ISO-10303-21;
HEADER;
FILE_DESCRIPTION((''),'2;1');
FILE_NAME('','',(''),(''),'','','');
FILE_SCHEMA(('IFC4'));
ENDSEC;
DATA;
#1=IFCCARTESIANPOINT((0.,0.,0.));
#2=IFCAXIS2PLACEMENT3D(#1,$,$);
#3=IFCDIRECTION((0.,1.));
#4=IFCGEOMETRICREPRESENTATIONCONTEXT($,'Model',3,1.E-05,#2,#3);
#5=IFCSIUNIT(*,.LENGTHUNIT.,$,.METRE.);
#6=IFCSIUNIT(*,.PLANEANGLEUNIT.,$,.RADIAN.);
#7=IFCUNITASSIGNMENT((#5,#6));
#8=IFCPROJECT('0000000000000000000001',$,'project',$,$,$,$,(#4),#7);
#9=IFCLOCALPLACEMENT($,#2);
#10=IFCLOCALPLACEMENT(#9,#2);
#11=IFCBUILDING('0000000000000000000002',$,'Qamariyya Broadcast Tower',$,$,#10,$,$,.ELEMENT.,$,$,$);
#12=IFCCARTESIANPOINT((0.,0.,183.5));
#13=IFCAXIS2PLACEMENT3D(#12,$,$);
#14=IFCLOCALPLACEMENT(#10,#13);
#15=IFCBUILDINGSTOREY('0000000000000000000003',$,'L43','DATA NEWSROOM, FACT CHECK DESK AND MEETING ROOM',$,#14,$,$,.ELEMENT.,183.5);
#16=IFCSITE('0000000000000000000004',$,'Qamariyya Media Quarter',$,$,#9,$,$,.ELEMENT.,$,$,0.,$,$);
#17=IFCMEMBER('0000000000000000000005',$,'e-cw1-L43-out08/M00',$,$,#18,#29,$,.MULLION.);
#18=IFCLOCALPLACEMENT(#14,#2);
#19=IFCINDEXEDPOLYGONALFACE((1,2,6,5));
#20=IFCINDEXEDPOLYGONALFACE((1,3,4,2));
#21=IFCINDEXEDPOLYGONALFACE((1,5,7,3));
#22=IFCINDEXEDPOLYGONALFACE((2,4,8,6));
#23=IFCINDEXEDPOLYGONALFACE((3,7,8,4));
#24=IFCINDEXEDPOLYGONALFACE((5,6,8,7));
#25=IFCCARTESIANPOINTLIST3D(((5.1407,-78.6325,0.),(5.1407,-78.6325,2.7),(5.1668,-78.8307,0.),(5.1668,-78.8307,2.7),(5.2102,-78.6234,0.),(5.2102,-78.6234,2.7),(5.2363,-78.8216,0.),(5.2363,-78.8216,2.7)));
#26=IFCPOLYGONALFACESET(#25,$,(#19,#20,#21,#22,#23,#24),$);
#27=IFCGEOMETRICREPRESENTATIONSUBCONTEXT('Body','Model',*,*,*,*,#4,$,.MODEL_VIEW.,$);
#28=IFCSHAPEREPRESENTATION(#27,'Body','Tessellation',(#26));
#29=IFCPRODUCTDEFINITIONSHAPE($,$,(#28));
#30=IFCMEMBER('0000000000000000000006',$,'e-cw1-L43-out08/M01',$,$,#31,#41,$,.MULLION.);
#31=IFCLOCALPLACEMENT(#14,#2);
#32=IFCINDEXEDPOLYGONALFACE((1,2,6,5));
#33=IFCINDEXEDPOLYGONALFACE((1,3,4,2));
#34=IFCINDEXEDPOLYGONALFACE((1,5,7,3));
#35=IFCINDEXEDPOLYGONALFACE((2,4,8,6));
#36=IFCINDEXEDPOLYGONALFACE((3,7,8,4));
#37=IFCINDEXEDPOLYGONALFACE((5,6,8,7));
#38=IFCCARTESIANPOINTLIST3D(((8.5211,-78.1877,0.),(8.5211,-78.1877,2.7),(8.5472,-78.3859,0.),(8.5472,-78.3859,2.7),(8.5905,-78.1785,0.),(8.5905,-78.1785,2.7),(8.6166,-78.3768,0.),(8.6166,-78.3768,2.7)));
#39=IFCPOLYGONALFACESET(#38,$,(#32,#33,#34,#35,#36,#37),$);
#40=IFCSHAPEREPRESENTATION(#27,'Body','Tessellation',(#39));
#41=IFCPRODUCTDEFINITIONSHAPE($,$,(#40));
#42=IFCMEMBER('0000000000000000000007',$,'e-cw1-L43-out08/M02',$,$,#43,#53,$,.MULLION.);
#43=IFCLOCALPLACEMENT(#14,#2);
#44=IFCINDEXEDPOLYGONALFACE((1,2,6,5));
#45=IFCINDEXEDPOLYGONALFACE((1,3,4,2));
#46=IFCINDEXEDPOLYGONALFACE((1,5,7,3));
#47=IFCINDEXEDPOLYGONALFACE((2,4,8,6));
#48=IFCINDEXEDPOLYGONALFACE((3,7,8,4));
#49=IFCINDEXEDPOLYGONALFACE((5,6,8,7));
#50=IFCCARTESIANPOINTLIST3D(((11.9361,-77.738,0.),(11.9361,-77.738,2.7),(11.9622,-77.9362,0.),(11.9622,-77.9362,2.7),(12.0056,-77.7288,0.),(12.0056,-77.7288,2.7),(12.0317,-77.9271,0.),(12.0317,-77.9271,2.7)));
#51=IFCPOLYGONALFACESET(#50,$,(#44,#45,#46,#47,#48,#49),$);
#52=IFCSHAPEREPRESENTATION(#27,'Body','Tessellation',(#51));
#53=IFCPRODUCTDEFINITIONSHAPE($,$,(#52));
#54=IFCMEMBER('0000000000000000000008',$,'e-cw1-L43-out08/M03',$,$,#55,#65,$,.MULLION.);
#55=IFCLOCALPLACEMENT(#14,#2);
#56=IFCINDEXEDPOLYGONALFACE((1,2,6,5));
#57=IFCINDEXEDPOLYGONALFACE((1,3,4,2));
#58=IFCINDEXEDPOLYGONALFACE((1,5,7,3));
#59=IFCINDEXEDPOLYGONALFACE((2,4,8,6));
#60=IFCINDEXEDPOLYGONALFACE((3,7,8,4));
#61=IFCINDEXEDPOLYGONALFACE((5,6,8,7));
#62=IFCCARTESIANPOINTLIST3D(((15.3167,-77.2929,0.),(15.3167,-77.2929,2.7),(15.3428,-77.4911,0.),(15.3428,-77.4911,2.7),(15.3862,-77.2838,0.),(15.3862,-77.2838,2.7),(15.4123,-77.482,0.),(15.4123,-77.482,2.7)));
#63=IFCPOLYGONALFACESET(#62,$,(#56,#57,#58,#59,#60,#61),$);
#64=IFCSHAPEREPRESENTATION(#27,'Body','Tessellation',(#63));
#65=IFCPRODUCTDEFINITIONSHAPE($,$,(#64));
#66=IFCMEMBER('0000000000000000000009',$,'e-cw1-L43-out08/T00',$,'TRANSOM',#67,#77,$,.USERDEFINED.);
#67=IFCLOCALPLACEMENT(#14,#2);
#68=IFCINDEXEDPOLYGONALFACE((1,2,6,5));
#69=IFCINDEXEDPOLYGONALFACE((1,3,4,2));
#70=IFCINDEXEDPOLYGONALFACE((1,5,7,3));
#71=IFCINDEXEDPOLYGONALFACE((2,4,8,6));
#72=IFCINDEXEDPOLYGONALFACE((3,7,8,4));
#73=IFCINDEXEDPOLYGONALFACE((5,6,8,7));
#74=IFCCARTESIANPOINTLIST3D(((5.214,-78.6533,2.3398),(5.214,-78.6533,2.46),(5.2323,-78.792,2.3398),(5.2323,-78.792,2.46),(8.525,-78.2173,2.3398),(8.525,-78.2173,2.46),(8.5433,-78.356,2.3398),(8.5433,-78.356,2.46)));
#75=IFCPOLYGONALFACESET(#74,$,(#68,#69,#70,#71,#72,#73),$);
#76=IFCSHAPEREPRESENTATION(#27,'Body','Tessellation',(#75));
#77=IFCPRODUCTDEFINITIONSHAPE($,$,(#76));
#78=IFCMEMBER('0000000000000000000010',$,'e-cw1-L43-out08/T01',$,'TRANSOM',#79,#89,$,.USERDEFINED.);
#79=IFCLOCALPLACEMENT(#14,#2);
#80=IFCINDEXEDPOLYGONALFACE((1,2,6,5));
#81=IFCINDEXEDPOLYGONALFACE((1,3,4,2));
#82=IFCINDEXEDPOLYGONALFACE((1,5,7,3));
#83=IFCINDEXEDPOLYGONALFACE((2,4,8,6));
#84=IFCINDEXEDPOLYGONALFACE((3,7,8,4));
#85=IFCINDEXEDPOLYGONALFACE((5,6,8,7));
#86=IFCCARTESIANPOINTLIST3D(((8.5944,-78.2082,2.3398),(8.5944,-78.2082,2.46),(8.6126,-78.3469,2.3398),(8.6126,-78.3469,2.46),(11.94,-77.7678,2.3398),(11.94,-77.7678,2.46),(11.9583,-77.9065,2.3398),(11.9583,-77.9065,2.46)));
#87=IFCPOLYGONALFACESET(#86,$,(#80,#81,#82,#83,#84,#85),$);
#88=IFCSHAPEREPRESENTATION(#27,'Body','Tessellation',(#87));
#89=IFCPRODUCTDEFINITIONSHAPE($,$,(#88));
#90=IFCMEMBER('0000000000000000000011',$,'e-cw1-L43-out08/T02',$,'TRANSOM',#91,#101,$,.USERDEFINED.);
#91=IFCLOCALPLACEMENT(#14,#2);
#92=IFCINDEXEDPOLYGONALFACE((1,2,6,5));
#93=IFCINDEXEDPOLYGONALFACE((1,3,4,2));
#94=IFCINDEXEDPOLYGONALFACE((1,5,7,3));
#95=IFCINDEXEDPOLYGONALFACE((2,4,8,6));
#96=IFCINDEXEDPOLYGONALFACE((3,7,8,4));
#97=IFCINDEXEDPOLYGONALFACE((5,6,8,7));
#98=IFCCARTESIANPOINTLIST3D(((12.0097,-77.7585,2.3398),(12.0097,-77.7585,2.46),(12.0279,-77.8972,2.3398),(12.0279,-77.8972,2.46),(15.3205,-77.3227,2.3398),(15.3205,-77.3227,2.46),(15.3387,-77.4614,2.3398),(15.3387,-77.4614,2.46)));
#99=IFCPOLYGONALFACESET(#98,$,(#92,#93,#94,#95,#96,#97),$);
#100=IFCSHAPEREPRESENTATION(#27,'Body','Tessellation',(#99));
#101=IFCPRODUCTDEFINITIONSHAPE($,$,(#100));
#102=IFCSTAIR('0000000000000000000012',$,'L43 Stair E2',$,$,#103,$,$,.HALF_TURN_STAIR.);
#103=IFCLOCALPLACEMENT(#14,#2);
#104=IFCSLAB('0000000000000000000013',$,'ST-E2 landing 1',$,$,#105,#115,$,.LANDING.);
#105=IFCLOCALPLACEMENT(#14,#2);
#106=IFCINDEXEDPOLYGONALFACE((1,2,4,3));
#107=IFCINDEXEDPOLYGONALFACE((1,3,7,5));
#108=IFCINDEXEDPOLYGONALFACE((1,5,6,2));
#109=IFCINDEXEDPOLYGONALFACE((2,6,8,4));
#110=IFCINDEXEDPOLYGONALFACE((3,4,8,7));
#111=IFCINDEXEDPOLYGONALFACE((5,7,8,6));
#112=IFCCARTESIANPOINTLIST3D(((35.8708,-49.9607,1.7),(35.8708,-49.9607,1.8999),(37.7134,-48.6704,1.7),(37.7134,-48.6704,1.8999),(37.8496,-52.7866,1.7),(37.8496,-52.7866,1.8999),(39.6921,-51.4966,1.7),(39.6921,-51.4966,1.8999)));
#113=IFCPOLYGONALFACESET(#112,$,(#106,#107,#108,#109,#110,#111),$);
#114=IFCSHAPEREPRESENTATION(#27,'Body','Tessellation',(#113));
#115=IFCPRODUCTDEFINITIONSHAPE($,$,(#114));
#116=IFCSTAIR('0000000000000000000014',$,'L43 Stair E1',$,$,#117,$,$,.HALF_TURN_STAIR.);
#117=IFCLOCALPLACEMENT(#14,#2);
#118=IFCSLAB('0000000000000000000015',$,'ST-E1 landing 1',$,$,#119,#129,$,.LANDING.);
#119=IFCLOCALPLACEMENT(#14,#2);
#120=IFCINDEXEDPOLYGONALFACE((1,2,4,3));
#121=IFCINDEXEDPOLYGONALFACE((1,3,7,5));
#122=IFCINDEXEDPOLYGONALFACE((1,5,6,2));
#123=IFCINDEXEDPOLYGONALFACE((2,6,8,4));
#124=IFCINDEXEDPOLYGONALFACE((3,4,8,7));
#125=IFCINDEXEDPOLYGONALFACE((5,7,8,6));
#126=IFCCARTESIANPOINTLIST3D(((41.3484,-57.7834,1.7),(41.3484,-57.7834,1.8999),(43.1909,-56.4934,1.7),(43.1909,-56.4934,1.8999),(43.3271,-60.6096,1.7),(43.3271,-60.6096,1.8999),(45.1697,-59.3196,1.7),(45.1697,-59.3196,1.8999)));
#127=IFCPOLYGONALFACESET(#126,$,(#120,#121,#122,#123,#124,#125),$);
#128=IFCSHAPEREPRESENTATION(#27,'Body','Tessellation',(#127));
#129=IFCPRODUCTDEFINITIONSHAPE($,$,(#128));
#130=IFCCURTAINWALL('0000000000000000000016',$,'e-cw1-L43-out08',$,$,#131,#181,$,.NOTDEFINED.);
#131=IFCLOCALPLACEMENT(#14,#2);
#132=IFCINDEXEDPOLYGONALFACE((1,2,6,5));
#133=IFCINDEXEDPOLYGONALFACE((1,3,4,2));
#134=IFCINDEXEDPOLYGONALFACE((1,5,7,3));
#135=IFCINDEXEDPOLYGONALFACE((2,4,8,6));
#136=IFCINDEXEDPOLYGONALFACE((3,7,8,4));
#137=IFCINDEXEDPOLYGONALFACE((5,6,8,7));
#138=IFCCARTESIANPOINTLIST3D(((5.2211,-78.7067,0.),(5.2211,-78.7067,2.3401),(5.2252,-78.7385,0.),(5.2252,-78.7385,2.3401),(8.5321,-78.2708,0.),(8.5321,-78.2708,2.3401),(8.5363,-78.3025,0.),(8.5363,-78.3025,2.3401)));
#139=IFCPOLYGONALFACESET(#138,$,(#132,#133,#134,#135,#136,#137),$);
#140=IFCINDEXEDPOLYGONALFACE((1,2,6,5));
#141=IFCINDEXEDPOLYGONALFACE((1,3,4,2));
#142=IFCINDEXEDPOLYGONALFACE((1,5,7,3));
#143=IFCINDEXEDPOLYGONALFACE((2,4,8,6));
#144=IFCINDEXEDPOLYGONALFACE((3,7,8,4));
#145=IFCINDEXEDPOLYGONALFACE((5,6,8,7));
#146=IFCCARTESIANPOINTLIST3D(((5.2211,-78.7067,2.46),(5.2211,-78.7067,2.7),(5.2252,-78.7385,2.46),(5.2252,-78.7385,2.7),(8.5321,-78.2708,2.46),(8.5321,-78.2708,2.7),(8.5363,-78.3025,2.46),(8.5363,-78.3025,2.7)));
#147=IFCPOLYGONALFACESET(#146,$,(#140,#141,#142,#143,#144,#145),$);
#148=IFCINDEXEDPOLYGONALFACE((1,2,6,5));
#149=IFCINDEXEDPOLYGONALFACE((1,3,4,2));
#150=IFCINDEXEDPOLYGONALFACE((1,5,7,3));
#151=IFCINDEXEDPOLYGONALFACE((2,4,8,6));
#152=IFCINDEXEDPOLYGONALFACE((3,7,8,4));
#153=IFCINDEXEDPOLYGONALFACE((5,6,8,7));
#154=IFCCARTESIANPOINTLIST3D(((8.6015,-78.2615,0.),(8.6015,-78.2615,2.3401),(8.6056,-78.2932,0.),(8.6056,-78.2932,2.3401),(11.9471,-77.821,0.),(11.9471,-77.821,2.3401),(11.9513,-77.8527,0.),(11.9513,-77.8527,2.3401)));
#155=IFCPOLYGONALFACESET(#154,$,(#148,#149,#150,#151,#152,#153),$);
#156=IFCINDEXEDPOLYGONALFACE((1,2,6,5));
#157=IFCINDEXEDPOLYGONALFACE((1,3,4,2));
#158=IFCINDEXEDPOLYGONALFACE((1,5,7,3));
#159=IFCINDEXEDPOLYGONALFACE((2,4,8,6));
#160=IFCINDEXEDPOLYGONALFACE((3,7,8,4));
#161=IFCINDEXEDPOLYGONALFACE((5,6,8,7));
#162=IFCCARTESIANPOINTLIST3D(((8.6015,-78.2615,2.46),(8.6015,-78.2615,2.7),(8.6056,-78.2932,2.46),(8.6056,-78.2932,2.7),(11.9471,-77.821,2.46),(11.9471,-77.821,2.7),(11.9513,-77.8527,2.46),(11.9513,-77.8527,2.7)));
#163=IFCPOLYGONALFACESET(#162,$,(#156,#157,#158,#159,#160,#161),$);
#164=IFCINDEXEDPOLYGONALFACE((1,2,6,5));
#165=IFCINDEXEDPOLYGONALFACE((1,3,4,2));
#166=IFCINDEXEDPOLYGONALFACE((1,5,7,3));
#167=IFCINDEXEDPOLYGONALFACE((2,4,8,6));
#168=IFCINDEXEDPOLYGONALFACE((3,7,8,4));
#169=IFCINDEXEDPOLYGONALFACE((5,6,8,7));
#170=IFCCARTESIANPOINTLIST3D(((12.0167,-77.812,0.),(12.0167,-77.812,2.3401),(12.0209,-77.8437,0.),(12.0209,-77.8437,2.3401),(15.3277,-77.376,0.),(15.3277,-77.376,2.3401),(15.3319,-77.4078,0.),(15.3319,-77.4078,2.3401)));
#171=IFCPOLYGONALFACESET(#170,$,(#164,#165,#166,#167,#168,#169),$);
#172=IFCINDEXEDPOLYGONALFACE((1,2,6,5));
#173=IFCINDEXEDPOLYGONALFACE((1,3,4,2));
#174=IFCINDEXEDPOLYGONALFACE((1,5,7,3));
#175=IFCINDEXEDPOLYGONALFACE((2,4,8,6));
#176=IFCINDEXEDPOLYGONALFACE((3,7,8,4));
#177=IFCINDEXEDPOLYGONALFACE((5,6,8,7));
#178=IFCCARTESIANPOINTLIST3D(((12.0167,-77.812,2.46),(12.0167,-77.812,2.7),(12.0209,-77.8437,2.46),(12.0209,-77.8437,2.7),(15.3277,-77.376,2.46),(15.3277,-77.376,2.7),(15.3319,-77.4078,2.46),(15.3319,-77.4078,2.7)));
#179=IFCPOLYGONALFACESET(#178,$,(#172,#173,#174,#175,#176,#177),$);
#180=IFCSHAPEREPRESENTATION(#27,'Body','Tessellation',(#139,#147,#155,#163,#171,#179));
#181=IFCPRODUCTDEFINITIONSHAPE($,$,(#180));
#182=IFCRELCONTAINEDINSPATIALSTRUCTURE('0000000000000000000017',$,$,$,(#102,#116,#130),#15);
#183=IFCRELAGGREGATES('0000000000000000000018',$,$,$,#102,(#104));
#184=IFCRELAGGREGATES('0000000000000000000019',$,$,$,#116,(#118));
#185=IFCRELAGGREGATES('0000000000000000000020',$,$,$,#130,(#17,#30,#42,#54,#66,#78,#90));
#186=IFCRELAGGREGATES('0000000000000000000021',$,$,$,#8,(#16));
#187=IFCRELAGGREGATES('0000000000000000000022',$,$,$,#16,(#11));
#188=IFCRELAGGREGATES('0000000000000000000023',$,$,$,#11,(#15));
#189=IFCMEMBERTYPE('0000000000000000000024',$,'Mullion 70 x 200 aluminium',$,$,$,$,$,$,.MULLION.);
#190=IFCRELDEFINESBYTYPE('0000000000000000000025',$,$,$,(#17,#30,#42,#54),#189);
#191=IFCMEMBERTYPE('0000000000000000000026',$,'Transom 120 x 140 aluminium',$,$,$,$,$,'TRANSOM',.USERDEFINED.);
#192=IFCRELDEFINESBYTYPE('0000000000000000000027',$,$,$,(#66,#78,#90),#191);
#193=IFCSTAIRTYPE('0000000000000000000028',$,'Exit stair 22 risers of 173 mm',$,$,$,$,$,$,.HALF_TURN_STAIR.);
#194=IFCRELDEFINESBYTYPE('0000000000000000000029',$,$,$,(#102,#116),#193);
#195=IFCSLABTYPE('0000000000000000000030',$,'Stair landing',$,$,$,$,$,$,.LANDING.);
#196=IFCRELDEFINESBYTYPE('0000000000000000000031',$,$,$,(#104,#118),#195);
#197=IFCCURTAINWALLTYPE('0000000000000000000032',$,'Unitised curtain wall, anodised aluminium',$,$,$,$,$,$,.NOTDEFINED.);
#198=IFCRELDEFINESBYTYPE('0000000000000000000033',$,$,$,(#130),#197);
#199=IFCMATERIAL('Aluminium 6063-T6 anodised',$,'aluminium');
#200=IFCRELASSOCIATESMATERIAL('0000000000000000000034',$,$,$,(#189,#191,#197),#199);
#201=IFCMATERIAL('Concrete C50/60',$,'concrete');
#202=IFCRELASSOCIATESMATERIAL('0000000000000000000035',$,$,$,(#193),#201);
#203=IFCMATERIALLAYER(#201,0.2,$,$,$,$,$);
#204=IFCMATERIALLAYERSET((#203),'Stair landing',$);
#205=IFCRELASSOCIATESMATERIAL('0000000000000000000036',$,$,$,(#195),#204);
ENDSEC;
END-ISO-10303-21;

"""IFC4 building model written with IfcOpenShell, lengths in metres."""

from ifc_helpers import new_model, si_unit, direction, frame, origin, origin_2d, place, context, subcontext, project, spatial, polyline, rectangle, outline, extrude, material, layer, layer_set, material_profile, profile_set, type_object, element, aggregate, save


model = new_model("IFC4")

# Units and contexts
model_context = context("Model", 3, precision=1e-05, world=origin(), true_north=direction((0.0, 1.0)))
body_context = subcontext(model_context, "Body", "Model", "MODEL_VIEW")
ifc_project = project(units=[si_unit("LENGTHUNIT", "METRE"), si_unit("PLANEANGLEUNIT", "RADIAN")], contexts=[model_context])

# Members
ifc_material_1 = material(Name="Aluminium 6063-T6 anodised", Category="aluminium")
ifc_material_profile_1 = material_profile(ifc_material_1, rectangle(XDim=0.2, YDim=0.0701, at=origin_2d()))
ifc_profile_set_1 = profile_set([ifc_material_profile_1], Name="Aluminium 6063-T6 anodised")
member_type_1 = type_object("IfcMemberType", Name="Mullion 70 x 200 aluminium", PredefinedType="MULLION", material=ifc_profile_set_1)
site_placement = place(None, origin())
building_placement = place(site_placement, origin())
storey_placement = place(building_placement, frame((0.0, 0.0, 183.5)))
member_1_placement = place(storey_placement, frame((5.1885, -78.7271, 0.0), z_axis=(0.0, 0.0, 1.0), x_axis=(-0.130526, 0.991445, 0.0)))
member_1 = element("IfcMember", 1, at=member_1_placement, type_object=member_type_1, Name="e-cw1-L43-out08/M00", PredefinedType="MULLION", context=body_context, shape_type="SweptSolid", body=[
    extrude(rectangle(XDim=0.2, YDim=0.0701, at=origin_2d()), origin(), (0.0, 0.0, 1.0), 2.7),
])
member_2_placement = place(storey_placement, frame((8.5688, -78.2822, 0.0), z_axis=(0.0, 0.0, 1.0), x_axis=(-0.130526, 0.991445, 0.0)))
member_2 = element("IfcMember", 2, at=member_2_placement, type_object=member_type_1, Name="e-cw1-L43-out08/M01", PredefinedType="MULLION", context=body_context, shape_type="SweptSolid", body=[
    extrude(rectangle(XDim=0.2, YDim=0.0701, at=origin_2d()), origin(), (0.0, 0.0, 1.0), 2.7),
])
member_3_placement = place(storey_placement, frame((11.9839, -77.8325, 0.0), z_axis=(0.0, 0.0, 1.0), x_axis=(-0.130526, 0.991445, 0.0)))
member_3 = element("IfcMember", 3, at=member_3_placement, type_object=member_type_1, Name="e-cw1-L43-out08/M02", PredefinedType="MULLION", context=body_context, shape_type="SweptSolid", body=[
    extrude(rectangle(XDim=0.2, YDim=0.0701, at=origin_2d()), origin(), (0.0, 0.0, 1.0), 2.7),
])
member_4_placement = place(storey_placement, frame((15.3645, -77.3875, 0.0), z_axis=(0.0, 0.0, 1.0), x_axis=(-0.130526, 0.991445, 0.0)))
member_4 = element("IfcMember", 4, at=member_4_placement, type_object=member_type_1, Name="e-cw1-L43-out08/M03", PredefinedType="MULLION", context=body_context, shape_type="SweptSolid", body=[
    extrude(rectangle(XDim=0.2, YDim=0.0701, at=origin_2d()), origin(), (0.0, 0.0, 1.0), 2.7),
])
ifc_material_profile_2 = material_profile(ifc_material_1, rectangle(XDim=0.1399, YDim=0.1201, at=origin_2d()))
ifc_profile_set_2 = profile_set([ifc_material_profile_2], Name="Aluminium 6063-T6 anodised")
member_type_2 = type_object("IfcMemberType", Name="Transom 120 x 140 aluminium", ElementType="TRANSOM", PredefinedType="USERDEFINED", material=ifc_profile_set_2)
member_5_placement = place(storey_placement, frame((5.2231, -78.7227, 2.3999), z_axis=(0.99144, 0.130564, 0.0), x_axis=(-0.130564, 0.99144, 0.0)))
member_5 = element("IfcMember", 5, at=member_5_placement, type_object=member_type_2, Name="e-cw1-L43-out08/T00", ObjectType="TRANSOM", PredefinedType="USERDEFINED", context=body_context, shape_type="SweptSolid", body=[
    extrude(rectangle(XDim=0.1399, YDim=0.1201, at=origin_2d()), origin(), (0.0, 0.0, 1.0), 3.3396),
])
member_6_placement = place(storey_placement, frame((8.6035, -78.2776, 2.3999), z_axis=(0.991446, 0.130514, 0.0), x_axis=(-0.130514, 0.991446, 0.0)))
member_6 = element("IfcMember", 6, at=member_6_placement, type_object=member_type_2, Name="e-cw1-L43-out08/T01", ObjectType="TRANSOM", PredefinedType="USERDEFINED", context=body_context, shape_type="SweptSolid", body=[
    extrude(rectangle(XDim=0.1399, YDim=0.1201, at=origin_2d()), origin(), (0.0, 0.0, 1.0), 3.3745),
])
member_7_placement = place(storey_placement, frame((12.0188, -77.8279, 2.3999), z_axis=(0.991448, 0.130502, 0.0), x_axis=(-0.130502, 0.991448, 0.0)))
member_7 = element("IfcMember", 7, at=member_7_placement, type_object=member_type_2, Name="e-cw1-L43-out08/T02", ObjectType="TRANSOM", PredefinedType="USERDEFINED", context=body_context, shape_type="SweptSolid", body=[
    extrude(rectangle(XDim=0.1399, YDim=0.1201, at=origin_2d()), origin(), (0.0, 0.0, 1.0), 3.3394),
])

# Site, building, storey
site = spatial("IfcSite", under=ifc_project, at=site_placement, Name="Qamariyya Media Quarter", CompositionType="ELEMENT", RefElevation=0.0)
building = spatial("IfcBuilding", under=site, at=building_placement, Name="Qamariyya Broadcast Tower", CompositionType="ELEMENT")
storey = spatial("IfcBuildingStorey", under=building, at=storey_placement, Name="L43", Description="DATA NEWSROOM, FACT CHECK DESK AND MEETING ROOM", CompositionType="ELEMENT", Elevation=183.5)

# Stairs, slabs
ifc_material_2 = material(Name="Concrete C50/60", Category="concrete")
stair_type = type_object("IfcStairType", Name="Exit stair 22 risers of 173 mm", PredefinedType="HALF_TURN_STAIR", material=ifc_material_2)
stair_1_placement = place(storey_placement, origin())
stair_1 = element("IfcStair", 8, at=stair_1_placement, inside=storey, type_object=stair_type, Name="L43 Stair E2", PredefinedType="HALF_TURN_STAIR")
ifc_layer = layer(ifc_material_2, 0.2)
ifc_layer_set = layer_set([ifc_layer], Name="Stair landing")
slab_type = type_object("IfcSlabType", Name="Stair landing", PredefinedType="LANDING", material=ifc_layer_set)
slab_1_placement = place(storey_placement, frame((0.0, 0.0, 1.7)))
slab_1 = element("IfcSlab", 9, at=slab_1_placement, type_object=slab_type, Name="ST-E2 landing 1", PredefinedType="LANDING", context=body_context, shape_type="SweptSolid", body=[
    extrude(outline(polyline([(37.7134, -48.6704), (35.8708, -49.9607), (37.8496, -52.7866), (39.6921, -51.4966), (37.7134, -48.6704)])), origin(), (0.0, 0.0, 1.0), 0.2),
])
aggregate(stair_1, [slab_1])
stair_2_placement = place(storey_placement, origin())
stair_2 = element("IfcStair", 10, at=stair_2_placement, inside=storey, type_object=stair_type, Name="L43 Stair E1", PredefinedType="HALF_TURN_STAIR")
slab_2_placement = place(storey_placement, frame((0.0, 0.0, 1.7)))
slab_2 = element("IfcSlab", 11, at=slab_2_placement, type_object=slab_type, Name="ST-E1 landing 1", PredefinedType="LANDING", context=body_context, shape_type="SweptSolid", body=[
    extrude(outline(polyline([(43.1909, -56.4934), (41.3484, -57.7834), (43.3271, -60.6096), (45.1697, -59.3196), (43.1909, -56.4934)])), origin(), (0.0, 0.0, 1.0), 0.2),
])
aggregate(stair_2, [slab_2])

# Curtain wall
curtain_wall_type = type_object("IfcCurtainWallType", Name="Unitised curtain wall, anodised aluminium", PredefinedType="NOTDEFINED", material=ifc_material_1)
curtain_wall_1_placement = place(storey_placement, origin())
curtain_wall_1 = element("IfcCurtainWall", 12, at=curtain_wall_1_placement, inside=storey, type_object=curtain_wall_type, Name="e-cw1-L43-out08", PredefinedType="NOTDEFINED", context=body_context, shape_type="SweptSolid", body=[
    extrude(rectangle(XDim=3.3396, YDim=0.032, at=origin_2d()), frame((6.8787, -78.5046, 0.0), x_axis=(0.991444, 0.130531, 0.0)), (0.0, 0.0, 1.0), 2.3401),
    extrude(rectangle(XDim=3.3396, YDim=0.032, at=origin_2d()), frame((6.8787, -78.5046, 2.46), x_axis=(0.991444, 0.130531, 0.0)), (0.0, 0.0, 1.0), 0.24),
    extrude(rectangle(XDim=3.3745, YDim=0.032, at=origin_2d()), frame((10.2764, -78.0571, 0.0), x_axis=(0.991444, 0.130531, 0.0)), (0.0, 0.0, 1.0), 2.3401),
    extrude(rectangle(XDim=3.3745, YDim=0.032, at=origin_2d()), frame((10.2764, -78.0571, 2.46), x_axis=(0.991444, 0.130531, 0.0)), (0.0, 0.0, 1.0), 0.24),
    extrude(rectangle(XDim=3.3396, YDim=0.032, at=origin_2d()), frame((13.6743, -77.6099, 0.0), x_axis=(0.991444, 0.130531, 0.0)), (0.0, 0.0, 1.0), 2.3401),
    extrude(rectangle(XDim=3.3396, YDim=0.032, at=origin_2d()), frame((13.6743, -77.6099, 2.46), x_axis=(0.991444, 0.130531, 0.0)), (0.0, 0.0, 1.0), 0.24),
])
aggregate(curtain_wall_1, [member_1, member_2, member_3, member_4, member_5, member_6, member_7])

save(model, "model.ifc")
